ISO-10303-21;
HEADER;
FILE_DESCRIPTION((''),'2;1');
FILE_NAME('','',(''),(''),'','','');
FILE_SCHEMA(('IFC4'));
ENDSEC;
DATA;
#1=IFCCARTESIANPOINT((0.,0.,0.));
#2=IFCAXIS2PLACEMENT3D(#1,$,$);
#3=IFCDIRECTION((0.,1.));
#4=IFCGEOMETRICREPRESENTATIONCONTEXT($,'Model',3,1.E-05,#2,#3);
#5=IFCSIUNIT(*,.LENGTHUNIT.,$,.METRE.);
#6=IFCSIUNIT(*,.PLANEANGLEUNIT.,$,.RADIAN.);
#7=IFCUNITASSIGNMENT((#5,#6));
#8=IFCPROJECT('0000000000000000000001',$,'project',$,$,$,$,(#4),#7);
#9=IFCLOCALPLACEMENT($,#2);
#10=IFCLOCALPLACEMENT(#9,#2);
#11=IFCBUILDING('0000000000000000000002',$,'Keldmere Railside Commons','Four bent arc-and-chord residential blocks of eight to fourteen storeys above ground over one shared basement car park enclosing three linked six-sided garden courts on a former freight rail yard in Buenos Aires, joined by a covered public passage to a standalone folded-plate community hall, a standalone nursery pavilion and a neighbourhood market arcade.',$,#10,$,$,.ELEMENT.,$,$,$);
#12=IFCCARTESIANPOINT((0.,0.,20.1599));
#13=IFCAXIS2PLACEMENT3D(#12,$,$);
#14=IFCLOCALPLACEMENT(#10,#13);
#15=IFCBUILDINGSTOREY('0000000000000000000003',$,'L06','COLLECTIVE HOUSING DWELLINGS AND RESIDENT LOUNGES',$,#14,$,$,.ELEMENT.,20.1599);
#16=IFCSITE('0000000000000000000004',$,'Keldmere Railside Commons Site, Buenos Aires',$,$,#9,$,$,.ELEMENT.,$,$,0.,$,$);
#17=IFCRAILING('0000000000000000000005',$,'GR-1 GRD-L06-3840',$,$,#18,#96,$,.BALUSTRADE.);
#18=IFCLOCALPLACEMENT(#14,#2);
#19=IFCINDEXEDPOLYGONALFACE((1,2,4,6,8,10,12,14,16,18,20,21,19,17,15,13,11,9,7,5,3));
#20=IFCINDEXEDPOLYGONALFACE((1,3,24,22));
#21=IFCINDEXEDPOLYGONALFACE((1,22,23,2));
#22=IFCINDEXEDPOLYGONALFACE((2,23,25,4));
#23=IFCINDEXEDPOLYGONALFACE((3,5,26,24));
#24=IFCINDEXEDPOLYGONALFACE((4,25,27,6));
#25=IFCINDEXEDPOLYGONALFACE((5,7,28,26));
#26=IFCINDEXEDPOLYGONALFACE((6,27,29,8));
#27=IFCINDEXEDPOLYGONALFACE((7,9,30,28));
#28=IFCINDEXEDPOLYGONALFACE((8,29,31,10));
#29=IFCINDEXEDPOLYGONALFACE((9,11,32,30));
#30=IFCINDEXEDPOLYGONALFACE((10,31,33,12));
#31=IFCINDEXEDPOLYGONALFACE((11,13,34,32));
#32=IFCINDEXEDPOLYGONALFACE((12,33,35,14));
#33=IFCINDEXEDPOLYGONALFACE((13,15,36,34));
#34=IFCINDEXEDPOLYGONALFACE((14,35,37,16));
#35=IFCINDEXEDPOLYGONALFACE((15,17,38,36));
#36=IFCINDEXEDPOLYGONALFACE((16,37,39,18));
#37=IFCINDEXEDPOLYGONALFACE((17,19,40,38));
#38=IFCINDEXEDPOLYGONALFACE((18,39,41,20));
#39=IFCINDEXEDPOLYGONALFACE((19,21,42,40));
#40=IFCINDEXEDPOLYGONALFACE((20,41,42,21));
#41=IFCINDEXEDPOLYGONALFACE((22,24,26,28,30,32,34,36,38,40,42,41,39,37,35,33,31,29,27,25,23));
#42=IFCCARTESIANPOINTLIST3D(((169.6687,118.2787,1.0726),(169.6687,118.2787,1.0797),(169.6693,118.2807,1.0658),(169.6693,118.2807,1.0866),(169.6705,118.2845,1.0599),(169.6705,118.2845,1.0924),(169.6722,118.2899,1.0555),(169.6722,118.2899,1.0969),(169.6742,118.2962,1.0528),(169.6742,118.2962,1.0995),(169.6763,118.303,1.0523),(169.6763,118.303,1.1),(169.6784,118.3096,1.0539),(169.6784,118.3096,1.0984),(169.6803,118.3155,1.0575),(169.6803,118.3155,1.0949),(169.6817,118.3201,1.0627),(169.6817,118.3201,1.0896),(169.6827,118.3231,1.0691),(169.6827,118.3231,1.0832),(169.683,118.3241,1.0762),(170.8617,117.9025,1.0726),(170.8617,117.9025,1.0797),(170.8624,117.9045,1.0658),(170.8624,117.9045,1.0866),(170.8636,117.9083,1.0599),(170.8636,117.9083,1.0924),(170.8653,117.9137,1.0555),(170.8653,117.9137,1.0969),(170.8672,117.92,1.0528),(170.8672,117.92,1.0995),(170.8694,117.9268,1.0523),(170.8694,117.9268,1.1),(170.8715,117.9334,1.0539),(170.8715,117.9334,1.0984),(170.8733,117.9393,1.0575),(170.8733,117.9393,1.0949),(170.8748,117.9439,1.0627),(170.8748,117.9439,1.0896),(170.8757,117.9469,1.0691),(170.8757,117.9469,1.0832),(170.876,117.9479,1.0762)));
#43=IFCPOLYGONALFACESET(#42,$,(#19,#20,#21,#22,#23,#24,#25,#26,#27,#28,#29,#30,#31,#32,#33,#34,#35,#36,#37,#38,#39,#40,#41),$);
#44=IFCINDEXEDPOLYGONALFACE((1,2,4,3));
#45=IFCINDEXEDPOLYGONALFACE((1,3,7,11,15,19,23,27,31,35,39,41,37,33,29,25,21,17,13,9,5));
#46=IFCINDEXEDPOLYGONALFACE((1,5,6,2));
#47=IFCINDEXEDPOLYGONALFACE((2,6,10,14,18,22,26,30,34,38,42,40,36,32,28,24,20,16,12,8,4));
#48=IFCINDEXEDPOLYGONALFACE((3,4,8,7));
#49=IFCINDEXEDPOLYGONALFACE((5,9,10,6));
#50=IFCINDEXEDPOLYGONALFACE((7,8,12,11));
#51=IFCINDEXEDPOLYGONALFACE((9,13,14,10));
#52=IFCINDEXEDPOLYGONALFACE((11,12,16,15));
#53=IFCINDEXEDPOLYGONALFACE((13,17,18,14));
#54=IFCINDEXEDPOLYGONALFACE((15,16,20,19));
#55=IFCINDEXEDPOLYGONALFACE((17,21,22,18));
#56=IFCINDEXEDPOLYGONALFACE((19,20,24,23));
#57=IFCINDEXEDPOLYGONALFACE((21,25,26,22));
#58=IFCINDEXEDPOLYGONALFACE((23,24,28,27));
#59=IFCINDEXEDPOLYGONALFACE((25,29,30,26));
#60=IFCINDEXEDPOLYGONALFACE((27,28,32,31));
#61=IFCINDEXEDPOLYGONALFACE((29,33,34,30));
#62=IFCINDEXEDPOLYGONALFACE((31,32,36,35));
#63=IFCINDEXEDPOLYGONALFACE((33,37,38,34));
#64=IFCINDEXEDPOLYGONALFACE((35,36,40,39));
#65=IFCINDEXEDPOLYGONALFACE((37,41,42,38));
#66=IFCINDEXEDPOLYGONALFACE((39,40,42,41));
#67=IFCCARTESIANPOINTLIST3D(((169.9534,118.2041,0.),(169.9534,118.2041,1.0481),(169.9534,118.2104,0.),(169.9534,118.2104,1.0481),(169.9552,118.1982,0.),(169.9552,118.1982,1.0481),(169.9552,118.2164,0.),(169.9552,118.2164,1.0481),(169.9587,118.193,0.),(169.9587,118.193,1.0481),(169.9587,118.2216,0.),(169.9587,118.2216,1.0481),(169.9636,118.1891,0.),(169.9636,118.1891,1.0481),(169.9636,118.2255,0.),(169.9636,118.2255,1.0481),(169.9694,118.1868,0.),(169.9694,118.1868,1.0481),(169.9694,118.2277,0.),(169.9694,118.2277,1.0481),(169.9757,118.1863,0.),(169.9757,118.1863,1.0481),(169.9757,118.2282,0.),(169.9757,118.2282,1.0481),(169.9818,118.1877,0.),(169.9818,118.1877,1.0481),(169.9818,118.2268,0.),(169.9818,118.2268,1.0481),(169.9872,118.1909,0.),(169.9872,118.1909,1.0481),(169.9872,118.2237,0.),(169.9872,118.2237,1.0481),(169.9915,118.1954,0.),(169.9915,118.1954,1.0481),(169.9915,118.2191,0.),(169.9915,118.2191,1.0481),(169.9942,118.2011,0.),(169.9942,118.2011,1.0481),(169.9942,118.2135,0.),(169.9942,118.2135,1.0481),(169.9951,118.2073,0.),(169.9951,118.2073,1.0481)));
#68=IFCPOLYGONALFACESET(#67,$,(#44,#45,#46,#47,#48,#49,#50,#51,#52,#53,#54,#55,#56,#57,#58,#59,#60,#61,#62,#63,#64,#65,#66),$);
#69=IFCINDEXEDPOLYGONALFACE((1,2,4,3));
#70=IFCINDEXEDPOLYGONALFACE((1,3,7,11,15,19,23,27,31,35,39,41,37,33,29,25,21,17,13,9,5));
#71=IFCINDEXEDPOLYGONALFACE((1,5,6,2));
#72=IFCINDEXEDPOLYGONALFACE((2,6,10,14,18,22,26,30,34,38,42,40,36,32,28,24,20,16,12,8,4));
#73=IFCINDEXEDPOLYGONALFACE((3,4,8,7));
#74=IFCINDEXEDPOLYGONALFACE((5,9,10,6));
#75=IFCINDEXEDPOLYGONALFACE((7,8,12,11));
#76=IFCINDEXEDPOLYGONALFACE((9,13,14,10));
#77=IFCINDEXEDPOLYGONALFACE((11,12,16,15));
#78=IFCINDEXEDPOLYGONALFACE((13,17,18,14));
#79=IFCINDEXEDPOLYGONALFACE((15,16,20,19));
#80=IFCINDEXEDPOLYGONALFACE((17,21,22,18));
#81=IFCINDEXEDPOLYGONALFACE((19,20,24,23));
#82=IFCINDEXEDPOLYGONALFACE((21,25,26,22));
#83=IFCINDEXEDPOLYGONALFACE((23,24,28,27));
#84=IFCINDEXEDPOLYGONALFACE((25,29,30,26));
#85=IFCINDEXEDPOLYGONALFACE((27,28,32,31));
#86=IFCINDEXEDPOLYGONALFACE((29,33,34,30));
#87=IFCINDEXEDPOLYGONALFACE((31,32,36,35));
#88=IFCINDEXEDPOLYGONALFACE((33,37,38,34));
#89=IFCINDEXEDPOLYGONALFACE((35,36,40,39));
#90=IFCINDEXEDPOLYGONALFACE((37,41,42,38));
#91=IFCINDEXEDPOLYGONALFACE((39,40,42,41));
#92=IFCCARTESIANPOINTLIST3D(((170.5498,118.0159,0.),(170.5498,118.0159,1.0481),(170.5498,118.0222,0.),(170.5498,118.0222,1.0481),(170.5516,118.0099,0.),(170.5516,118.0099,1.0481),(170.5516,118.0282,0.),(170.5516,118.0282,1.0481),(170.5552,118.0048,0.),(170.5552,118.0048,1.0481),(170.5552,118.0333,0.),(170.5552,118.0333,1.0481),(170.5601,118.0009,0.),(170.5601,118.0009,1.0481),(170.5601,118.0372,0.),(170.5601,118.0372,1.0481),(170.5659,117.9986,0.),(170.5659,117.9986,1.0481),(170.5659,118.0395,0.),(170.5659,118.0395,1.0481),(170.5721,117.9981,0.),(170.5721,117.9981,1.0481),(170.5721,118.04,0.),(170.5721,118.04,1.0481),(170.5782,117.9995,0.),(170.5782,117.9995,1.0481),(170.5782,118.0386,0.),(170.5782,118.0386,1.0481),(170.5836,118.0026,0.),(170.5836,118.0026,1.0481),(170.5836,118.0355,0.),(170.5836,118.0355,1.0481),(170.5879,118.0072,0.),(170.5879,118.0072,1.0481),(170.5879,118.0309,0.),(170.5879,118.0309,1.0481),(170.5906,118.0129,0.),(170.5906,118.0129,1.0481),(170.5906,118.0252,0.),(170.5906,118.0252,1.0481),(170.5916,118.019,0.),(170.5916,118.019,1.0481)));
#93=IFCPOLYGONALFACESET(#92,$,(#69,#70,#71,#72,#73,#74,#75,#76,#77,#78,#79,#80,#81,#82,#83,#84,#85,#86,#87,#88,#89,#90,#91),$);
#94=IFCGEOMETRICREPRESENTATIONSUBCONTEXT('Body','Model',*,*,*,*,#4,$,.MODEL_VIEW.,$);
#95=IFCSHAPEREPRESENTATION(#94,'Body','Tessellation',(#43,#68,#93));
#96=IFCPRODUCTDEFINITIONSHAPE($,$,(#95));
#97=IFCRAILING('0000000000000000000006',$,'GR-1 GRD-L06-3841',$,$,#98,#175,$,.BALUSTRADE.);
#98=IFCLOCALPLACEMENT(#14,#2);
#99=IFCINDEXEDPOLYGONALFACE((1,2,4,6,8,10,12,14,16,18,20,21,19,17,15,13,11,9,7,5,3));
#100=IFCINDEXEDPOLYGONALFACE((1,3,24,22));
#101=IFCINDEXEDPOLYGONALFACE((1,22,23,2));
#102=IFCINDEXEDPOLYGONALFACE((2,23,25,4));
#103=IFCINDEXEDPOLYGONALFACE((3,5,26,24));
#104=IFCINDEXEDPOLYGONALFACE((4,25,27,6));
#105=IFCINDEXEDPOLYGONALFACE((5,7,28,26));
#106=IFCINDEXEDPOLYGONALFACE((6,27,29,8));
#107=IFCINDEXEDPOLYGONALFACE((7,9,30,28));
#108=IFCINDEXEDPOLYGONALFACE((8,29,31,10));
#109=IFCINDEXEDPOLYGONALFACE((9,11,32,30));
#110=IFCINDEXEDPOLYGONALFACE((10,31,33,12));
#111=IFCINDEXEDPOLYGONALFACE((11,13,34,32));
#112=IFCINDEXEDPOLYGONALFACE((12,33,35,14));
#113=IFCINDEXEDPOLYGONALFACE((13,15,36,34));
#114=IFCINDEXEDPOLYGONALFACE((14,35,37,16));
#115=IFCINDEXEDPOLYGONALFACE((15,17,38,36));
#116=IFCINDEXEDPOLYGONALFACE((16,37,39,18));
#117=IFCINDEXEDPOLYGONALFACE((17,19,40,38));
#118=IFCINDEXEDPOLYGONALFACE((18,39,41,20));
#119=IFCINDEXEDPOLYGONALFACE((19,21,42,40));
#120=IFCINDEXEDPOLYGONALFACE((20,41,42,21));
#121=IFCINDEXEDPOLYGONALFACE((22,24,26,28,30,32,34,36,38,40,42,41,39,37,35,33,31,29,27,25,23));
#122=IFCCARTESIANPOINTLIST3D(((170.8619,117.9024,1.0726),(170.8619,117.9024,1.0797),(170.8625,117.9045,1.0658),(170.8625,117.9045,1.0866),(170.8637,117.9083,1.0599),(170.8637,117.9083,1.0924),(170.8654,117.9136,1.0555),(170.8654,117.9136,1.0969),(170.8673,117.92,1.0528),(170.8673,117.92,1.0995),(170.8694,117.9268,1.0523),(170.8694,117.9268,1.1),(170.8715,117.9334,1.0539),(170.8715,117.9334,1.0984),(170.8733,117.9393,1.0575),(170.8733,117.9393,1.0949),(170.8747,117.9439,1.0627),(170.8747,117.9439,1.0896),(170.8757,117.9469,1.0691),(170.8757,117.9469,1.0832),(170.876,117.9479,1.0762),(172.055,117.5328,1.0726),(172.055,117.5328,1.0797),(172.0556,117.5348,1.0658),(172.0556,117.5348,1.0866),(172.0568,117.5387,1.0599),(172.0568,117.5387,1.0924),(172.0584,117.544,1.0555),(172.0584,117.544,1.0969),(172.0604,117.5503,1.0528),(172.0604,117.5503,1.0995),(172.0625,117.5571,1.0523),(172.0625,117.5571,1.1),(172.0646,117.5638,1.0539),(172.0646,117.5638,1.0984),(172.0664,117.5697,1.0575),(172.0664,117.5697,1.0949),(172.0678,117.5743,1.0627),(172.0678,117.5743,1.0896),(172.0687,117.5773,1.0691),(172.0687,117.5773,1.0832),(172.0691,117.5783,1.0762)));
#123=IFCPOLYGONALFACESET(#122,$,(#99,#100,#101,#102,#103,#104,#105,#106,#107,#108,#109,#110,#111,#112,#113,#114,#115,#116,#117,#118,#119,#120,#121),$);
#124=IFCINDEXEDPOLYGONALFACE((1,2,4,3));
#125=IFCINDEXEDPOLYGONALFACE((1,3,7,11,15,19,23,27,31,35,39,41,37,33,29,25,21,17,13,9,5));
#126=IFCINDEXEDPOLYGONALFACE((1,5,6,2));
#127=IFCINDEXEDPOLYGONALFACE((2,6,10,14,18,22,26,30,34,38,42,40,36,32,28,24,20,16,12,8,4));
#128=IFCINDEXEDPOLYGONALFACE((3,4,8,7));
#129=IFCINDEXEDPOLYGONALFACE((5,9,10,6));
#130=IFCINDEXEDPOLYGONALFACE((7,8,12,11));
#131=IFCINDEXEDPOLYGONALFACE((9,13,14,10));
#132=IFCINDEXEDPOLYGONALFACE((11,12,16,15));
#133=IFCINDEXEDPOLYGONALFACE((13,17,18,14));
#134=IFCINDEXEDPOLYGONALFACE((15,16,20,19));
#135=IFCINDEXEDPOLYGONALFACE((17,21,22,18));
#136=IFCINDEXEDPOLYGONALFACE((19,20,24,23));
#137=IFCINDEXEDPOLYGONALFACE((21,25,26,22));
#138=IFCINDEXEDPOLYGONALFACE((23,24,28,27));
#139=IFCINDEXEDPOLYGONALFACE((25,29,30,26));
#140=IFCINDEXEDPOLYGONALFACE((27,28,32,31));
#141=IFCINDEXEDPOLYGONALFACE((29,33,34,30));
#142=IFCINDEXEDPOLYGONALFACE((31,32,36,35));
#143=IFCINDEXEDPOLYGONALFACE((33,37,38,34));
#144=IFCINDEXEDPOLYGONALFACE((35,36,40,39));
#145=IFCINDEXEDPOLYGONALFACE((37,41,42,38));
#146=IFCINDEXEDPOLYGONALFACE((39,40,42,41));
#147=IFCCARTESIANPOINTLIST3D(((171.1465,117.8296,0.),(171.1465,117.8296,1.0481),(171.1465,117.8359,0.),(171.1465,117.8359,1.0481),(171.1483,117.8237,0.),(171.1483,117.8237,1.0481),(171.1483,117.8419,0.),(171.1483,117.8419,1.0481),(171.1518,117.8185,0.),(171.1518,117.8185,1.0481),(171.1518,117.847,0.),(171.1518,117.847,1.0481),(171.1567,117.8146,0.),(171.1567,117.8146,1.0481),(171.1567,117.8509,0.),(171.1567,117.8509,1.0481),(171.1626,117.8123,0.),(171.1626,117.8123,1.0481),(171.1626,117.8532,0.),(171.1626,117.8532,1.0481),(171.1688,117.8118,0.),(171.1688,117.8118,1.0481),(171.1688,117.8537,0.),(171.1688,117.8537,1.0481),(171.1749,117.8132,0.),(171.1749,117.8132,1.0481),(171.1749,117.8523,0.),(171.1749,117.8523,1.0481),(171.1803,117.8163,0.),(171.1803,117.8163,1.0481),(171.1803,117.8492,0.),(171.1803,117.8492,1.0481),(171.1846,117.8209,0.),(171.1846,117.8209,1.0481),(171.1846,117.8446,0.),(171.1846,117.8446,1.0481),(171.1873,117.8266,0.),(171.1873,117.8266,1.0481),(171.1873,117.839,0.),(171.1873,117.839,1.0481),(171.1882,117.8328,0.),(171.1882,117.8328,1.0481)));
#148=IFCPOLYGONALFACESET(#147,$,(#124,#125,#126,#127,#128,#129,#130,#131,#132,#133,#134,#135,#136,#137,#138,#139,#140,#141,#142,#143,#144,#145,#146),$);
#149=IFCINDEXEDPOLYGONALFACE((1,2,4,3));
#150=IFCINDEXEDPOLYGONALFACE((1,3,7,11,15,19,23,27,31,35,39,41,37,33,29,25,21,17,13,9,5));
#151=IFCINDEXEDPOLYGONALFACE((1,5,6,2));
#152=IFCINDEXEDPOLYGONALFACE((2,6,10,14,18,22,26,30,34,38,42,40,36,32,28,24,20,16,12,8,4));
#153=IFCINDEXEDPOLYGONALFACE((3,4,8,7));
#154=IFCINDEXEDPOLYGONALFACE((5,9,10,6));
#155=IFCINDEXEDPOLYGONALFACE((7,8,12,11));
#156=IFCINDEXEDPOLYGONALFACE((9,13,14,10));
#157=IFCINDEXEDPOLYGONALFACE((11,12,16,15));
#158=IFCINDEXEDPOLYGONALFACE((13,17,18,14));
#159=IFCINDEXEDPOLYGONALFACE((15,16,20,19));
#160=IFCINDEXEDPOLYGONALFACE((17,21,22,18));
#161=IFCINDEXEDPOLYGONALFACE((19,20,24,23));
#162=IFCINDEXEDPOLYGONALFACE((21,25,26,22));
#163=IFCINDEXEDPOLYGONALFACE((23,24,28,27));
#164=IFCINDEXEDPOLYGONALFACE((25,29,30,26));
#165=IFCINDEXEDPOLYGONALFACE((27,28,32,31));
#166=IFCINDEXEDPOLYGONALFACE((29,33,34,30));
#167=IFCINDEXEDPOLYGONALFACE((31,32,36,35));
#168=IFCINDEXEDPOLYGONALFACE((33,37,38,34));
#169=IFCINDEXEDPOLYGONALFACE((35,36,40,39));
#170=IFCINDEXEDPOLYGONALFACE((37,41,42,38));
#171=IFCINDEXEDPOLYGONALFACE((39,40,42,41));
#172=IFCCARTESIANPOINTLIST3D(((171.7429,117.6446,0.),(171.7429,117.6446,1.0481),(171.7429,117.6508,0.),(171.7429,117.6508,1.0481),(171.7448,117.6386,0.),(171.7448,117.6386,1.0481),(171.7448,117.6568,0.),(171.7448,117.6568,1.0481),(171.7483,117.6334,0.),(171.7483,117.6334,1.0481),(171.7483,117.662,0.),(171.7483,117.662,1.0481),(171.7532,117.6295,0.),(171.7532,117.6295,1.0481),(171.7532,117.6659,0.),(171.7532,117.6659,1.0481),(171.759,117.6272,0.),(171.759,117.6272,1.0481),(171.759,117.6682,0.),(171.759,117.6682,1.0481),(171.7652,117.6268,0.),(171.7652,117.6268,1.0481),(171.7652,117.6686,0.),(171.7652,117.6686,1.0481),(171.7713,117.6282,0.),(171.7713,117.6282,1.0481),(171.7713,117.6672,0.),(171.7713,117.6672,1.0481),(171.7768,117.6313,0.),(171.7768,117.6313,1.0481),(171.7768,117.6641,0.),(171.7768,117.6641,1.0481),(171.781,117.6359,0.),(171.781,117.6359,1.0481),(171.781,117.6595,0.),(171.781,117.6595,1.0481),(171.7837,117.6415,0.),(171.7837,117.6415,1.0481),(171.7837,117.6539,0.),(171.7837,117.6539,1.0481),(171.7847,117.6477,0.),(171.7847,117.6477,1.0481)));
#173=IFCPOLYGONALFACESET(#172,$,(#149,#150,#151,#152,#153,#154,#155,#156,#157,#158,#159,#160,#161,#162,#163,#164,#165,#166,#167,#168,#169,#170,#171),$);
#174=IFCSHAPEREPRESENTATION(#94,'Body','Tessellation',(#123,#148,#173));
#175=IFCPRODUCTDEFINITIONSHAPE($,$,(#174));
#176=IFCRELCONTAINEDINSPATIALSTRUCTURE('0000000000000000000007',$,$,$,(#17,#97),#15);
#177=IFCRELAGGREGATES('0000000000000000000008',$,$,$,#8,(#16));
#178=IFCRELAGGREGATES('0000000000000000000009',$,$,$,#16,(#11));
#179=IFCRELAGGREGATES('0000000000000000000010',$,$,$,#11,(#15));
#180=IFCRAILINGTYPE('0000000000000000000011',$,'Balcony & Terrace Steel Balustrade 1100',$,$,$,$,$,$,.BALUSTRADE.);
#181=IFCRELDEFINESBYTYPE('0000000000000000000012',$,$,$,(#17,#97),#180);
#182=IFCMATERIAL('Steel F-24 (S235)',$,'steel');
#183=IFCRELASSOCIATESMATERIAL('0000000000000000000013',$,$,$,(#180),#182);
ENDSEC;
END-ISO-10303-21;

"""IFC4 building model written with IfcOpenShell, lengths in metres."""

from ifc_helpers import new_model, si_unit, direction, frame, origin, origin_2d, place, context, subcontext, project, spatial, circle, extrude, material, type_object, element, save


model = new_model("IFC4")

# Units and contexts
model_context = context("Model", 3, precision=1e-05, world=origin(), true_north=direction((0.0, 1.0)))
body_context = subcontext(model_context, "Body", "Model", "MODEL_VIEW")
ifc_project = project(units=[si_unit("LENGTHUNIT", "METRE"), si_unit("PLANEANGLEUNIT", "RADIAN")], contexts=[model_context])

# Site, building, storey
site_placement = place(None, origin())
site = spatial("IfcSite", under=ifc_project, at=site_placement, Name="Keldmere Railside Commons Site, Buenos Aires", CompositionType="ELEMENT", RefElevation=0.0)
building_placement = place(site_placement, origin())
building = spatial("IfcBuilding", under=site, at=building_placement, Name="Keldmere Railside Commons", Description="Four bent arc-and-chord residential blocks of eight to fourteen storeys above ground over one shared basement car park enclosing three linked six-sided garden courts on a former freight rail yard in Buenos Aires, joined by a covered public passage to a standalone folded-plate community hall, a standalone nursery pavilion and a neighbourhood market arcade.", CompositionType="ELEMENT")
storey_placement = place(building_placement, frame((0.0, 0.0, 20.1599)))
storey = spatial("IfcBuildingStorey", under=building, at=storey_placement, Name="L06", Description="COLLECTIVE HOUSING DWELLINGS AND RESIDENT LOUNGES", CompositionType="ELEMENT", Elevation=20.1599)

# Railings
ifc_material_1 = material(Name="Steel F-24 (S235)", Category="steel")
railing_type = type_object("IfcRailingType", Name="Balcony & Terrace Steel Balustrade 1100", PredefinedType="BALUSTRADE", material=ifc_material_1)
railing_1_placement = place(storey_placement, frame((169.6758, 118.3013, 0.0)))
element("IfcRailing", 1, at=railing_1_placement, inside=storey, type_object=railing_type, Name="GR-1 GRD-L06-3840", PredefinedType="BALUSTRADE", context=body_context, shape_type="SweptSolid", body=[
    extrude(circle(Radius=0.0239, at=origin_2d()), frame((0.0, 0.0, 1.0762), z_axis=(0.953709, -0.30073, 0.0), x_axis=(0.30073, 0.953709, 0.0)), (0.0, 0.0, 1.0), 1.251),
    extrude(circle(Radius=0.021, at=origin_2d()), frame((0.2983, -0.094, 0.0)), (0.0, 0.0, 1.0), 1.0481),
    extrude(circle(Radius=0.021, at=origin_2d()), frame((0.8948, -0.2822, 0.0)), (0.0, 0.0, 1.0), 1.0481),
])
railing_2_placement = place(storey_placement, frame((170.8689, 117.925, 0.0)))
element("IfcRailing", 2, at=railing_2_placement, inside=storey, type_object=railing_type, Name="GR-1 GRD-L06-3841", PredefinedType="BALUSTRADE", context=body_context, shape_type="SweptSolid", body=[
    extrude(circle(Radius=0.0239, at=origin_2d()), frame((0.0, 0.0, 1.0762), z_axis=(0.955211, -0.295926, 0.0), x_axis=(0.295926, 0.955211, 0.0)), (0.0, 0.0, 1.0), 1.249),
    extrude(circle(Radius=0.021, at=origin_2d()), frame((0.2983, -0.0923, 0.0)), (0.0, 0.0, 1.0), 1.0481),
    extrude(circle(Radius=0.021, at=origin_2d()), frame((0.8948, -0.2773, 0.0)), (0.0, 0.0, 1.0), 1.0481),
])

save(model, "model.ifc")
